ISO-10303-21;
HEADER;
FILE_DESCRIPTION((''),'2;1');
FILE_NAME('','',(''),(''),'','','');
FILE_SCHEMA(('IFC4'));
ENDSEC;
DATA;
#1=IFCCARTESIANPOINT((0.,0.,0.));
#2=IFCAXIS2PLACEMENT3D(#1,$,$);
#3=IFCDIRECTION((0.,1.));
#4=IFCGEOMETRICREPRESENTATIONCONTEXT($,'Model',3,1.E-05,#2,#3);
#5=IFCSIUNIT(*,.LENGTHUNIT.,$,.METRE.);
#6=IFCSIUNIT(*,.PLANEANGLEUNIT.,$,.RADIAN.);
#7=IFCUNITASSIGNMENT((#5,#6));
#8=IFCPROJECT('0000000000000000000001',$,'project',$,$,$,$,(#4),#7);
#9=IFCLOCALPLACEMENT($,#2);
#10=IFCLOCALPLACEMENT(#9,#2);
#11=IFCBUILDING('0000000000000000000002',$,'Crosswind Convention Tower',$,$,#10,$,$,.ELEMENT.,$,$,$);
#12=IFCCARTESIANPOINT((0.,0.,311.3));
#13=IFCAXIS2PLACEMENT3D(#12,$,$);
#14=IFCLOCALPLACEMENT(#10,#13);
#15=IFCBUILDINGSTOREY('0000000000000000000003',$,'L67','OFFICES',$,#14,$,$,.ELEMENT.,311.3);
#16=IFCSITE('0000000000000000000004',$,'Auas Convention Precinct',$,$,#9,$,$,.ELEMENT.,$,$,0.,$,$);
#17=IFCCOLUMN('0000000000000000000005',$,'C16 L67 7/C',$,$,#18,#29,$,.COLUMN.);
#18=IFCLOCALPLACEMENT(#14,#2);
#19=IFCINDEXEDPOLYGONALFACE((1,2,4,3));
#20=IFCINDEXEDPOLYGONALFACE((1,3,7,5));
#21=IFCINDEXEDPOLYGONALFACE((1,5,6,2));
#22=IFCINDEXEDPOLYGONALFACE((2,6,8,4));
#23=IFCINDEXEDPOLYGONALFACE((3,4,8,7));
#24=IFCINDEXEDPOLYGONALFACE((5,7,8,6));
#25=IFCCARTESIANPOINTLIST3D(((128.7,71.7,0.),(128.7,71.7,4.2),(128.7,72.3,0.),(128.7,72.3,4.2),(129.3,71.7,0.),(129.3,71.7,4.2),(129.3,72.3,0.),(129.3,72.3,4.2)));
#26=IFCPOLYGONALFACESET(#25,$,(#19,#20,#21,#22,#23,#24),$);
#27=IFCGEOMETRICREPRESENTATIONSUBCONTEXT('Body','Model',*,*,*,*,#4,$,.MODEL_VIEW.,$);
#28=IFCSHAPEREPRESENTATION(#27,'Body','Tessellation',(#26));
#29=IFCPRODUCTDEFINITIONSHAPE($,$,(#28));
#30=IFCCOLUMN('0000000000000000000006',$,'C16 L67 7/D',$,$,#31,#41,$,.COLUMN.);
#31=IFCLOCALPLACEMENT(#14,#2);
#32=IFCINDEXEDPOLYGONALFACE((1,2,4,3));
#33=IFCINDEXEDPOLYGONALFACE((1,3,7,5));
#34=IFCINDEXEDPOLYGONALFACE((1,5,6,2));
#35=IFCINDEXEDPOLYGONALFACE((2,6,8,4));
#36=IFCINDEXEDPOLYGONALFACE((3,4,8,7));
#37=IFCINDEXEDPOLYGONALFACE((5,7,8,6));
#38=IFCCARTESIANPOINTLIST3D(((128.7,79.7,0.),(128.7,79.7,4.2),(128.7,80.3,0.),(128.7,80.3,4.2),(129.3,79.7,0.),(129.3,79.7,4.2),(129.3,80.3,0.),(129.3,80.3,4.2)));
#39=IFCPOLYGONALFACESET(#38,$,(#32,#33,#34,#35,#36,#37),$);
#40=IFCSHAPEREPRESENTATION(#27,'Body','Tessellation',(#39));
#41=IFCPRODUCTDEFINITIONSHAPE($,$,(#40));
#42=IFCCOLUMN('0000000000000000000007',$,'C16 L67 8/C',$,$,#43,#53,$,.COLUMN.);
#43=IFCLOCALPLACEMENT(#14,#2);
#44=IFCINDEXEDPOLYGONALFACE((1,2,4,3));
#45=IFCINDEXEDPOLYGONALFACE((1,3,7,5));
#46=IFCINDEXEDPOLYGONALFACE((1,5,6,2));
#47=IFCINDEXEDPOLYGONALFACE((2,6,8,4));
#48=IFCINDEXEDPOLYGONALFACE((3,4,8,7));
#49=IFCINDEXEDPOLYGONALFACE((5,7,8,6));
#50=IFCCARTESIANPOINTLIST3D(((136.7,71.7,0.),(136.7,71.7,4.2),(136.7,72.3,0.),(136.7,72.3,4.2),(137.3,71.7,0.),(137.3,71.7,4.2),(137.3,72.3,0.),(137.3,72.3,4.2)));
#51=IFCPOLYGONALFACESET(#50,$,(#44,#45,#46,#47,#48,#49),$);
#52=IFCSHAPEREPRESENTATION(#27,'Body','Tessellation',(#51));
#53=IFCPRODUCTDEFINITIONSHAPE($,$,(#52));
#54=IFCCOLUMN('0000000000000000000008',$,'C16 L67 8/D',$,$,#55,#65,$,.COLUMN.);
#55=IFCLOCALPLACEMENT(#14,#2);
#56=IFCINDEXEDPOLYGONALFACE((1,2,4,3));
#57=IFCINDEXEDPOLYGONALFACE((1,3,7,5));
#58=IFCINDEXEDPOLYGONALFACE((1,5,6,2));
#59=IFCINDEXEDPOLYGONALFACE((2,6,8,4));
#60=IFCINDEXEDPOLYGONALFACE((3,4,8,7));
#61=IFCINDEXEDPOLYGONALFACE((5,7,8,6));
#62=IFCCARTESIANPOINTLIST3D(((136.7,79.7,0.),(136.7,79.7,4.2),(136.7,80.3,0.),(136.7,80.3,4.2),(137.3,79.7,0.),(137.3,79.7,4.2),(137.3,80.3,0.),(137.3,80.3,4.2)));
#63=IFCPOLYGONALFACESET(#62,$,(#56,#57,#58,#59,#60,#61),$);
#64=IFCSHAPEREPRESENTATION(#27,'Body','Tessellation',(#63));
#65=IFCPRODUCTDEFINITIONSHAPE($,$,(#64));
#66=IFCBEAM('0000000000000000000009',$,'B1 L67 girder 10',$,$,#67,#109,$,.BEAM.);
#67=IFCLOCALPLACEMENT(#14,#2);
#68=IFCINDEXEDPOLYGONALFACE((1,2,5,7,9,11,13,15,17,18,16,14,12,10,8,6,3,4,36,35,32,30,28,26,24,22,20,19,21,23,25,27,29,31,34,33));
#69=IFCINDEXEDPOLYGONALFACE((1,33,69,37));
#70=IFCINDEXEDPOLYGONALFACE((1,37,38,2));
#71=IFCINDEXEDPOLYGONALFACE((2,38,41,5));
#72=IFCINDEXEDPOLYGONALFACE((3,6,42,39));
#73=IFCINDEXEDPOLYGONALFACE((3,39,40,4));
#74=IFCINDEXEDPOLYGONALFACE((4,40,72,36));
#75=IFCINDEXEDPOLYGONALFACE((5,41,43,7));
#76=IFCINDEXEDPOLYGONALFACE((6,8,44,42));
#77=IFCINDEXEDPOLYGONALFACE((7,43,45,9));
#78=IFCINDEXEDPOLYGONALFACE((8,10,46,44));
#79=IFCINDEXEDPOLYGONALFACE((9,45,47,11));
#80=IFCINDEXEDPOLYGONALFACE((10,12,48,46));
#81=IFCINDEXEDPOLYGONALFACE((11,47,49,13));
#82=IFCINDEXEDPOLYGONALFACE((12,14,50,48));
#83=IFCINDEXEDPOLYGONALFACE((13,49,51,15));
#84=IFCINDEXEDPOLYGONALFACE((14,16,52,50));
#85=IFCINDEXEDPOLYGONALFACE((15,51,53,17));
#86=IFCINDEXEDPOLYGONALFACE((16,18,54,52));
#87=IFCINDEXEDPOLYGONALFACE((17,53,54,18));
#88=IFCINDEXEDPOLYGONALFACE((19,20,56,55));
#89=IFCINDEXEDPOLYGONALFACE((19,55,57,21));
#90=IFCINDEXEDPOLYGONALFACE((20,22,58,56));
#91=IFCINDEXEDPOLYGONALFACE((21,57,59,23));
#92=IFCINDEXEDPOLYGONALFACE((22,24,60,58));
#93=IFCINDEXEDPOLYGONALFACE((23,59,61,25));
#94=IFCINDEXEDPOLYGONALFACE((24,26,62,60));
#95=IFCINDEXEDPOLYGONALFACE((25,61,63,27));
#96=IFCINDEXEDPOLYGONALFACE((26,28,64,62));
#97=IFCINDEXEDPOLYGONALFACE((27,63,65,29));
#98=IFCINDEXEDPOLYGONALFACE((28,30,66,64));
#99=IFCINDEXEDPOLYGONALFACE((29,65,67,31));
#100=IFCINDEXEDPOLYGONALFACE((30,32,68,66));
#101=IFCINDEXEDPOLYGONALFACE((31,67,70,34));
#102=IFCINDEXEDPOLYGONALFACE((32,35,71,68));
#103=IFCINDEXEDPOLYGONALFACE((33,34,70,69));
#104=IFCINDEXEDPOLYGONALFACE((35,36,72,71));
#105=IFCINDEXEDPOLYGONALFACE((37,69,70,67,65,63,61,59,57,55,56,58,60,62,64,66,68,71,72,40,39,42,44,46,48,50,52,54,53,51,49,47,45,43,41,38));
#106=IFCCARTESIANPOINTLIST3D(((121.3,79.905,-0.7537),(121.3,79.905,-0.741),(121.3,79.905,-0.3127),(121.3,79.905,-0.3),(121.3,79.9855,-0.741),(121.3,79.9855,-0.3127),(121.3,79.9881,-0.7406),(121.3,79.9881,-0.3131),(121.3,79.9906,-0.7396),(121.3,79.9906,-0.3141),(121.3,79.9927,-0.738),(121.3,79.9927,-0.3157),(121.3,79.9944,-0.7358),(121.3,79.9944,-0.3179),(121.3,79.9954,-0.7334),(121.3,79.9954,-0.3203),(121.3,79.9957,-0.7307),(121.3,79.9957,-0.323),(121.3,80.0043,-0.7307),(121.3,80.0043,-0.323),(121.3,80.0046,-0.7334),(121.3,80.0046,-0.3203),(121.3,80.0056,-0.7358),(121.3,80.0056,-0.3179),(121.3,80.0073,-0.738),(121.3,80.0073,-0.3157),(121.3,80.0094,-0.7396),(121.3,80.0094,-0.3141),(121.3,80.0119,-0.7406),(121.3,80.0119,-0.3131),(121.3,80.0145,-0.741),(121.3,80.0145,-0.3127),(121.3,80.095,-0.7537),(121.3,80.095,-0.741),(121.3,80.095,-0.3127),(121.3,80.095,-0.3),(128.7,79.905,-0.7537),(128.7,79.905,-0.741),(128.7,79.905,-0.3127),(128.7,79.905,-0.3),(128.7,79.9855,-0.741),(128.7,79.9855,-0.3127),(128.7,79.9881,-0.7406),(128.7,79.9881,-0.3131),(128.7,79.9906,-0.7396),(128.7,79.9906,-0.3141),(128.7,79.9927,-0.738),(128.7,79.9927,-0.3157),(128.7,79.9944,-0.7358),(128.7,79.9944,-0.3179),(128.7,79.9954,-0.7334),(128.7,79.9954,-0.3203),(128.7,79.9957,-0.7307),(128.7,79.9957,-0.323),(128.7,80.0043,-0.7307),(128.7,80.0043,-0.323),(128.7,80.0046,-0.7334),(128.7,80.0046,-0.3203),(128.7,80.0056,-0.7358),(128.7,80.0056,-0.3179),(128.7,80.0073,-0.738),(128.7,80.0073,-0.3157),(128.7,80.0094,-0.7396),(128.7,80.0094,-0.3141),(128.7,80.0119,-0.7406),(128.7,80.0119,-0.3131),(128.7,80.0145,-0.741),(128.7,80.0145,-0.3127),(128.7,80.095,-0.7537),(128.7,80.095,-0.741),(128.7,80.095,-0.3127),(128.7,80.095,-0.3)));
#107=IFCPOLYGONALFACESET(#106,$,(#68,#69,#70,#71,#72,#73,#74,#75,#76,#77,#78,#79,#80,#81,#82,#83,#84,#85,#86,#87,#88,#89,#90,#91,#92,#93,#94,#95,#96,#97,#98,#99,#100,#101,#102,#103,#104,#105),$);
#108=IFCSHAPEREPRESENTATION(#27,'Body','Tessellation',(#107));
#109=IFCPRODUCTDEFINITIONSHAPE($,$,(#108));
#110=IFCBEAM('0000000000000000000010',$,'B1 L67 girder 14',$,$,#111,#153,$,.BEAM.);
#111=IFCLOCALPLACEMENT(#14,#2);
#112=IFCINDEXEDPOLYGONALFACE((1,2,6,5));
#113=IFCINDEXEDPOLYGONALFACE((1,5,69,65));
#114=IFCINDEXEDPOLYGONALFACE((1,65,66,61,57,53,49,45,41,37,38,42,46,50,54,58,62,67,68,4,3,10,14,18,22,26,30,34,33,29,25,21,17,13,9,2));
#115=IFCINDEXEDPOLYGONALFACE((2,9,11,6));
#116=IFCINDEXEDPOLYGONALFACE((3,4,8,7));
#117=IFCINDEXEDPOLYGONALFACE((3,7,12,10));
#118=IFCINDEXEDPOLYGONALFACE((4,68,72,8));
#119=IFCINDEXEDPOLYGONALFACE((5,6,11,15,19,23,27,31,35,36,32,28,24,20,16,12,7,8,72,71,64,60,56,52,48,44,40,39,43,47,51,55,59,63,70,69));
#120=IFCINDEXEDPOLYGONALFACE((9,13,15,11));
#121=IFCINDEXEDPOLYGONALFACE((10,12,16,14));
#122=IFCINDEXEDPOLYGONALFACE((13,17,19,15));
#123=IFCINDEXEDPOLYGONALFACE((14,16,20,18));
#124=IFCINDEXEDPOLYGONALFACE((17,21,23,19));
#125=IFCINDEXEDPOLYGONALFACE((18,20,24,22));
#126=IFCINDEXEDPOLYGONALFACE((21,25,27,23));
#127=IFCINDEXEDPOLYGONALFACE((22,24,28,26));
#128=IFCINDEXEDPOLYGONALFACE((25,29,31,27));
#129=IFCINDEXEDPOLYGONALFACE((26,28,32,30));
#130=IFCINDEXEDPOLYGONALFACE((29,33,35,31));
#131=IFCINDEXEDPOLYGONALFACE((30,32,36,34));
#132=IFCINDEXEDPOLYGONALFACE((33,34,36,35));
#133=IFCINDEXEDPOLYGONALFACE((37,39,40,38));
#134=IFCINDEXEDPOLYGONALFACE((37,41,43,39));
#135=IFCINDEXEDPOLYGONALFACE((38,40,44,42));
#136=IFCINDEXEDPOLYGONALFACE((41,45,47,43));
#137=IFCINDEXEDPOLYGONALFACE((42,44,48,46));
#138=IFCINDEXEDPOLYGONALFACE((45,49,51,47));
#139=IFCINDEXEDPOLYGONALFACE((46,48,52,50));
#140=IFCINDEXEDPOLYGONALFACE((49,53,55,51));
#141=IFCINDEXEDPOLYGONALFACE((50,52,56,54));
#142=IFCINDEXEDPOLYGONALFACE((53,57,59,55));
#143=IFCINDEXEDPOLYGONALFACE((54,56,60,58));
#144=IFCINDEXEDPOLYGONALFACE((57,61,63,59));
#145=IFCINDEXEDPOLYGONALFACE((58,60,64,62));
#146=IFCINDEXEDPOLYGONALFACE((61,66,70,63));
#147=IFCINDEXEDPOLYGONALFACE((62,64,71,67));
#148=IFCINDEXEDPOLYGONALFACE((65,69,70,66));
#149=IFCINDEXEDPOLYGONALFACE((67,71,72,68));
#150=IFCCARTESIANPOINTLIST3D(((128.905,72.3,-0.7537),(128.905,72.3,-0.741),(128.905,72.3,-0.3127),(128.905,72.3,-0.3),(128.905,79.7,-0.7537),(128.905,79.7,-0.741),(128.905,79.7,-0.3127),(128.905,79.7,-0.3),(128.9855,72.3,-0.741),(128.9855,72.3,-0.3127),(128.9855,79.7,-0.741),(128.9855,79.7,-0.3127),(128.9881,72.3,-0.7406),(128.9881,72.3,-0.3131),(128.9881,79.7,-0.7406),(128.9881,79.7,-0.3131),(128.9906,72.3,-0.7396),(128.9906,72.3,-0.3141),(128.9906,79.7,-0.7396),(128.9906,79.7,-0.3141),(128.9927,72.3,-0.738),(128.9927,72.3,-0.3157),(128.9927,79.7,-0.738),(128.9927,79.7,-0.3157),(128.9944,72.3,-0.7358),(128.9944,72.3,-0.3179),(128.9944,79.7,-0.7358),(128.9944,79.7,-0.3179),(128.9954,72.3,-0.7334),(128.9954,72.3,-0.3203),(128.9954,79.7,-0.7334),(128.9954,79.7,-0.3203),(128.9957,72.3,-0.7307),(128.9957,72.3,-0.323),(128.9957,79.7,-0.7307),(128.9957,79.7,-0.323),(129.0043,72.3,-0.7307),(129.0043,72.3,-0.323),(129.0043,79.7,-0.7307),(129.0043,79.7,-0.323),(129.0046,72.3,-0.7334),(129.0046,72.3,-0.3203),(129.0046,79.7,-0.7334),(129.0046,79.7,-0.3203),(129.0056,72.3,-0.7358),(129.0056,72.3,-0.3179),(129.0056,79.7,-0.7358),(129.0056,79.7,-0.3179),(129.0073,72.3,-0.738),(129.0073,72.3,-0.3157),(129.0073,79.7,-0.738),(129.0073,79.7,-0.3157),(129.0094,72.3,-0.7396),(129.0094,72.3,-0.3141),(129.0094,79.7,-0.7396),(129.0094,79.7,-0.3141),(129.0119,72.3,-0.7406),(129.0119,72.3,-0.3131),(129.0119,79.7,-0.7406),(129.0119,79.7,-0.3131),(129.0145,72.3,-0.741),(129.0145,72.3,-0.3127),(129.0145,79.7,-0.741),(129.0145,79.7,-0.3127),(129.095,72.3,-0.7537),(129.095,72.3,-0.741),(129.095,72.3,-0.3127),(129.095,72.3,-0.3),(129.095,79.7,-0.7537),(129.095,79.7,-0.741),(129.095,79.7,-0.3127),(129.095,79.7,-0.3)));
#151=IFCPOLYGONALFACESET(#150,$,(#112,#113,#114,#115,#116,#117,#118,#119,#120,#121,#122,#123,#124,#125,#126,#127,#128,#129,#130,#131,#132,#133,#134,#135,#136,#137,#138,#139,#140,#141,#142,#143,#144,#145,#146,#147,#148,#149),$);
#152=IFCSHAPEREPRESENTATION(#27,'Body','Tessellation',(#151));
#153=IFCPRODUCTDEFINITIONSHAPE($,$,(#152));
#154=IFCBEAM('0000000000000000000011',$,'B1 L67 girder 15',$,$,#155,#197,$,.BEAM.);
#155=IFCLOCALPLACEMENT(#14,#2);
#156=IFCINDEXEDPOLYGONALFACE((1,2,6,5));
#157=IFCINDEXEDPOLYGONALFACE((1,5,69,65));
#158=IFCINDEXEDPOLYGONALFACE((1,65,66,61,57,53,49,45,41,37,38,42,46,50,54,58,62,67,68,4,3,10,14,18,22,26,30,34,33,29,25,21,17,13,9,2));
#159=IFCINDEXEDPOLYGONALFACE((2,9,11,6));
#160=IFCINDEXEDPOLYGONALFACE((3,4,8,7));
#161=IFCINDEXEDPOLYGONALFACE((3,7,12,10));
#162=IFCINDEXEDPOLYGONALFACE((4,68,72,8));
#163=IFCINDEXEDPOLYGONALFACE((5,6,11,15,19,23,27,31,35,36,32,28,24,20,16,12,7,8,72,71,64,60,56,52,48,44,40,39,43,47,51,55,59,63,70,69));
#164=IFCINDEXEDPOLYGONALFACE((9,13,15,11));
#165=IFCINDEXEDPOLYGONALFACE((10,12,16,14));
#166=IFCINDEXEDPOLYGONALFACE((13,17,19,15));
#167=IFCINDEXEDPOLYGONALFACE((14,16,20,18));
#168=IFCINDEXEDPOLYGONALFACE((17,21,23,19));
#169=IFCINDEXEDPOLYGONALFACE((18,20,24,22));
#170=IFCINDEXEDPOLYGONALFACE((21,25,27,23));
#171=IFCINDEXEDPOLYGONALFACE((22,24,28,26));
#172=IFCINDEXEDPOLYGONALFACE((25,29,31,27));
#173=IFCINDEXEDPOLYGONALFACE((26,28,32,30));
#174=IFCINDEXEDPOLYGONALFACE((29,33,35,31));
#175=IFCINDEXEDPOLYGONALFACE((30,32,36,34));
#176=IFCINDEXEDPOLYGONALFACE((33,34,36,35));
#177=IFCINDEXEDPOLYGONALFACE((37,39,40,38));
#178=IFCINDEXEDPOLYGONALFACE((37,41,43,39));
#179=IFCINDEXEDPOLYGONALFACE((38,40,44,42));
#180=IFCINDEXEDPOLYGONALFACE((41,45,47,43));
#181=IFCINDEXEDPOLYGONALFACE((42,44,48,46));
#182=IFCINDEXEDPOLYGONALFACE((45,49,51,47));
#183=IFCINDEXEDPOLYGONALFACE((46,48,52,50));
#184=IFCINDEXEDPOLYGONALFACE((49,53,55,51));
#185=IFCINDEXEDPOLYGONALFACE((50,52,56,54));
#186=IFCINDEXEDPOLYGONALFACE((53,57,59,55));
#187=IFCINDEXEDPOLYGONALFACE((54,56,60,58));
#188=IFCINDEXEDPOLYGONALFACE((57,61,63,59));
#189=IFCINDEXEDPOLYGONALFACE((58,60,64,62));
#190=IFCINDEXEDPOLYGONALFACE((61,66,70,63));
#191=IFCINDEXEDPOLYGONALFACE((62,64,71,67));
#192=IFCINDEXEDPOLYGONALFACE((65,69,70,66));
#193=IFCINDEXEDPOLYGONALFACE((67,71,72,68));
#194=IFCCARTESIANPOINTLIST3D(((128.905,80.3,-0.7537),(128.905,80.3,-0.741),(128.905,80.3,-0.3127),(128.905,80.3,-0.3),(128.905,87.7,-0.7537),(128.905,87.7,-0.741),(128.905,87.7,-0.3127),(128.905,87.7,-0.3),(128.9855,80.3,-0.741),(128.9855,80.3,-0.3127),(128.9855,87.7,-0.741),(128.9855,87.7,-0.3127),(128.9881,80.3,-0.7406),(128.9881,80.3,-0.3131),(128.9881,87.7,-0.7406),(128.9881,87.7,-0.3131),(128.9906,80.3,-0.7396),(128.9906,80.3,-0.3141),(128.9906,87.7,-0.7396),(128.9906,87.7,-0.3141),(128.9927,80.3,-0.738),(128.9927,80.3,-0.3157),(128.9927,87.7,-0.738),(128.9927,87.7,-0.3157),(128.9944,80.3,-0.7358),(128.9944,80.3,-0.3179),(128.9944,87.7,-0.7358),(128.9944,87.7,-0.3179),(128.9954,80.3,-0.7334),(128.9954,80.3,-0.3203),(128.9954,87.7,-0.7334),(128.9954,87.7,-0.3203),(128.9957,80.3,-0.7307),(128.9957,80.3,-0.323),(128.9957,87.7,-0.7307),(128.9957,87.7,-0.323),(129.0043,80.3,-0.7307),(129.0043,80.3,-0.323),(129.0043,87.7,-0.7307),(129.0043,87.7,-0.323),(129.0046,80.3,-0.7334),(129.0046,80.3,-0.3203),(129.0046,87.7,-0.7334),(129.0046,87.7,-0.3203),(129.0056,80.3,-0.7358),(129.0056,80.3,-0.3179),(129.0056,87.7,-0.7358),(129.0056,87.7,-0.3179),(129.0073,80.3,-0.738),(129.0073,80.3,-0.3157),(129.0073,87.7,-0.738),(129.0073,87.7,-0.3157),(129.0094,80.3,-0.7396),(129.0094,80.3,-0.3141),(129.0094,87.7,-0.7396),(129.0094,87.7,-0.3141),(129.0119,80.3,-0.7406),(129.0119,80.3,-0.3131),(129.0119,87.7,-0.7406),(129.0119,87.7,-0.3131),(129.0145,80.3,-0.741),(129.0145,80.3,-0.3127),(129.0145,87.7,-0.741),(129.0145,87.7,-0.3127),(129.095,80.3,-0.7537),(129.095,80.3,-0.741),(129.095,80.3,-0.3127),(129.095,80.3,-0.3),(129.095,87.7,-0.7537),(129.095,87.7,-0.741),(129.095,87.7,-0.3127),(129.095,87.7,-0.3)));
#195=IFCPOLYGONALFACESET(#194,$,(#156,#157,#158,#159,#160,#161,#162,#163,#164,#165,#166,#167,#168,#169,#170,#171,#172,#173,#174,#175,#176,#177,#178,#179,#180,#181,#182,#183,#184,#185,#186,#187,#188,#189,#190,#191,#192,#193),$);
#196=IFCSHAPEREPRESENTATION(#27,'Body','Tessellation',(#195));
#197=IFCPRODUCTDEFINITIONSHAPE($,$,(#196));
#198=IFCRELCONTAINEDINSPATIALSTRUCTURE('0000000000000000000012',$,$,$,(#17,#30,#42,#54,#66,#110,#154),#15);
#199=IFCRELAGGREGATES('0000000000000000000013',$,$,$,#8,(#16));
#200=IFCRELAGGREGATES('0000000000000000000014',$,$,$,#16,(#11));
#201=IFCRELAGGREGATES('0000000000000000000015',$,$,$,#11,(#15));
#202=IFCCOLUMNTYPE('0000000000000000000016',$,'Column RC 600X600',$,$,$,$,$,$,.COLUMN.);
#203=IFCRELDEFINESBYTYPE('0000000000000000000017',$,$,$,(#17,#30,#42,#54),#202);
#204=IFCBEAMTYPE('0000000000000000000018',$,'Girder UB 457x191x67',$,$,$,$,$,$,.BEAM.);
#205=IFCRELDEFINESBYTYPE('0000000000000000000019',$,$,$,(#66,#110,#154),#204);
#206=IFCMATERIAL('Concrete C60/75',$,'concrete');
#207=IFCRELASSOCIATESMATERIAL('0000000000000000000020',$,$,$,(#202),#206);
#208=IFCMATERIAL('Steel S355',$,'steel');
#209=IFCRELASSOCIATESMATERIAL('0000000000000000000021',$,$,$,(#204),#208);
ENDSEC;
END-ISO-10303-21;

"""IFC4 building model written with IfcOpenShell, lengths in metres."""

from ifc_helpers import new_model, si_unit, direction, frame, origin, origin_2d, place, context, subcontext, project, spatial, rectangle, i_section, extrude, material, material_profile, profile_set, type_object, element, save


model = new_model("IFC4")

# Units and contexts
model_context = context("Model", 3, precision=1e-05, world=origin(), true_north=direction((0.0, 1.0)))
body_context = subcontext(model_context, "Body", "Model", "MODEL_VIEW")
ifc_project = project(units=[si_unit("LENGTHUNIT", "METRE"), si_unit("PLANEANGLEUNIT", "RADIAN")], contexts=[model_context])

# Site, building, storey
site_placement = place(None, origin())
site = spatial("IfcSite", under=ifc_project, at=site_placement, Name="Auas Convention Precinct", CompositionType="ELEMENT", RefElevation=0.0)
building_placement = place(site_placement, origin())
building = spatial("IfcBuilding", under=site, at=building_placement, Name="Crosswind Convention Tower", CompositionType="ELEMENT")
storey_placement = place(building_placement, frame((0.0, 0.0, 311.3)))
storey = spatial("IfcBuildingStorey", under=building, at=storey_placement, Name="L67", Description="OFFICES", CompositionType="ELEMENT", Elevation=311.3)

# Columns
ifc_material_1 = material(Name="Concrete C60/75", Category="concrete")
ifc_material_profile_1 = material_profile(ifc_material_1, rectangle(XDim=0.6001, YDim=0.6001, at=origin_2d()), Name="RC 600X600")
ifc_profile_set_1 = profile_set([ifc_material_profile_1], Name="Concrete C60/75")
column_type = type_object("IfcColumnType", Name="Column RC 600X600", PredefinedType="COLUMN", material=ifc_profile_set_1)
for number, where, z_axis, x_axis, name in (
    (1, (129.0, 72.0, 0.0), (0.0, 0.0, 1.0), (1.0, 0.0, 0.0), "C16 L67 7/C"),
    (2, (129.0, 80.0, 0.0), (0.0, 0.0, 1.0), (1.0, 0.0, 0.0), "C16 L67 7/D"),
    (3, (137.0, 72.0, 0.0), (0.0, 0.0, 1.0), (1.0, 0.0, 0.0), "C16 L67 8/C"),
    (4, (137.0, 80.0, 0.0), (0.0, 0.0, 1.0), (1.0, 0.0, 0.0), "C16 L67 8/D"),
):
    element("IfcColumn", number, at=place(storey_placement, frame(where, z_axis=z_axis, x_axis=x_axis)), inside=storey, type_object=column_type, Name=name, PredefinedType="COLUMN", context=body_context, shape_type="SweptSolid", body=[
        extrude(rectangle(XDim=0.6001, YDim=0.6001, at=origin_2d()), origin(), (0.0, 0.0, 1.0), 4.2),
    ])

# Beams
ifc_material_2 = material(Name="Steel S355", Category="steel")
ifc_material_profile_2 = material_profile(ifc_material_2, i_section(OverallWidth=0.1899, OverallDepth=0.4536, WebThickness=0.0085, FlangeThickness=0.0127, FilletRadius=0.0103, at=origin_2d()), Name="UB 457x191x67")
ifc_profile_set_2 = profile_set([ifc_material_profile_2], Name="Steel S355")
beam_type_1 = type_object("IfcBeamType", Name="Girder UB 457x191x67", PredefinedType="BEAM", material=ifc_profile_set_2)
for number, where, z_axis, x_axis, name in (
    (5, (121.3, 80.0, -0.5269), (1.0, 0.0, 0.0), (0.0, 1.0, 0.0), "B1 L67 girder 10"),
    (6, (129.0, 72.3, -0.5269), (0.0, 1.0, 0.0), (-1.0, 0.0, 0.0), "B1 L67 girder 14"),
    (7, (129.0, 80.3, -0.5269), (0.0, 1.0, 0.0), (-1.0, 0.0, 0.0), "B1 L67 girder 15"),
):
    element("IfcBeam", number, at=place(storey_placement, frame(where, z_axis=z_axis, x_axis=x_axis)), inside=storey, type_object=beam_type_1, Name=name, PredefinedType="BEAM", context=body_context, shape_type="SweptSolid", body=[
        extrude(i_section(OverallWidth=0.1899, OverallDepth=0.4536, WebThickness=0.0085, FlangeThickness=0.0127, FilletRadius=0.0103, at=origin_2d()), origin(), (0.0, 0.0, 1.0), 7.3999),
    ])

save(model, "model.ifc")
